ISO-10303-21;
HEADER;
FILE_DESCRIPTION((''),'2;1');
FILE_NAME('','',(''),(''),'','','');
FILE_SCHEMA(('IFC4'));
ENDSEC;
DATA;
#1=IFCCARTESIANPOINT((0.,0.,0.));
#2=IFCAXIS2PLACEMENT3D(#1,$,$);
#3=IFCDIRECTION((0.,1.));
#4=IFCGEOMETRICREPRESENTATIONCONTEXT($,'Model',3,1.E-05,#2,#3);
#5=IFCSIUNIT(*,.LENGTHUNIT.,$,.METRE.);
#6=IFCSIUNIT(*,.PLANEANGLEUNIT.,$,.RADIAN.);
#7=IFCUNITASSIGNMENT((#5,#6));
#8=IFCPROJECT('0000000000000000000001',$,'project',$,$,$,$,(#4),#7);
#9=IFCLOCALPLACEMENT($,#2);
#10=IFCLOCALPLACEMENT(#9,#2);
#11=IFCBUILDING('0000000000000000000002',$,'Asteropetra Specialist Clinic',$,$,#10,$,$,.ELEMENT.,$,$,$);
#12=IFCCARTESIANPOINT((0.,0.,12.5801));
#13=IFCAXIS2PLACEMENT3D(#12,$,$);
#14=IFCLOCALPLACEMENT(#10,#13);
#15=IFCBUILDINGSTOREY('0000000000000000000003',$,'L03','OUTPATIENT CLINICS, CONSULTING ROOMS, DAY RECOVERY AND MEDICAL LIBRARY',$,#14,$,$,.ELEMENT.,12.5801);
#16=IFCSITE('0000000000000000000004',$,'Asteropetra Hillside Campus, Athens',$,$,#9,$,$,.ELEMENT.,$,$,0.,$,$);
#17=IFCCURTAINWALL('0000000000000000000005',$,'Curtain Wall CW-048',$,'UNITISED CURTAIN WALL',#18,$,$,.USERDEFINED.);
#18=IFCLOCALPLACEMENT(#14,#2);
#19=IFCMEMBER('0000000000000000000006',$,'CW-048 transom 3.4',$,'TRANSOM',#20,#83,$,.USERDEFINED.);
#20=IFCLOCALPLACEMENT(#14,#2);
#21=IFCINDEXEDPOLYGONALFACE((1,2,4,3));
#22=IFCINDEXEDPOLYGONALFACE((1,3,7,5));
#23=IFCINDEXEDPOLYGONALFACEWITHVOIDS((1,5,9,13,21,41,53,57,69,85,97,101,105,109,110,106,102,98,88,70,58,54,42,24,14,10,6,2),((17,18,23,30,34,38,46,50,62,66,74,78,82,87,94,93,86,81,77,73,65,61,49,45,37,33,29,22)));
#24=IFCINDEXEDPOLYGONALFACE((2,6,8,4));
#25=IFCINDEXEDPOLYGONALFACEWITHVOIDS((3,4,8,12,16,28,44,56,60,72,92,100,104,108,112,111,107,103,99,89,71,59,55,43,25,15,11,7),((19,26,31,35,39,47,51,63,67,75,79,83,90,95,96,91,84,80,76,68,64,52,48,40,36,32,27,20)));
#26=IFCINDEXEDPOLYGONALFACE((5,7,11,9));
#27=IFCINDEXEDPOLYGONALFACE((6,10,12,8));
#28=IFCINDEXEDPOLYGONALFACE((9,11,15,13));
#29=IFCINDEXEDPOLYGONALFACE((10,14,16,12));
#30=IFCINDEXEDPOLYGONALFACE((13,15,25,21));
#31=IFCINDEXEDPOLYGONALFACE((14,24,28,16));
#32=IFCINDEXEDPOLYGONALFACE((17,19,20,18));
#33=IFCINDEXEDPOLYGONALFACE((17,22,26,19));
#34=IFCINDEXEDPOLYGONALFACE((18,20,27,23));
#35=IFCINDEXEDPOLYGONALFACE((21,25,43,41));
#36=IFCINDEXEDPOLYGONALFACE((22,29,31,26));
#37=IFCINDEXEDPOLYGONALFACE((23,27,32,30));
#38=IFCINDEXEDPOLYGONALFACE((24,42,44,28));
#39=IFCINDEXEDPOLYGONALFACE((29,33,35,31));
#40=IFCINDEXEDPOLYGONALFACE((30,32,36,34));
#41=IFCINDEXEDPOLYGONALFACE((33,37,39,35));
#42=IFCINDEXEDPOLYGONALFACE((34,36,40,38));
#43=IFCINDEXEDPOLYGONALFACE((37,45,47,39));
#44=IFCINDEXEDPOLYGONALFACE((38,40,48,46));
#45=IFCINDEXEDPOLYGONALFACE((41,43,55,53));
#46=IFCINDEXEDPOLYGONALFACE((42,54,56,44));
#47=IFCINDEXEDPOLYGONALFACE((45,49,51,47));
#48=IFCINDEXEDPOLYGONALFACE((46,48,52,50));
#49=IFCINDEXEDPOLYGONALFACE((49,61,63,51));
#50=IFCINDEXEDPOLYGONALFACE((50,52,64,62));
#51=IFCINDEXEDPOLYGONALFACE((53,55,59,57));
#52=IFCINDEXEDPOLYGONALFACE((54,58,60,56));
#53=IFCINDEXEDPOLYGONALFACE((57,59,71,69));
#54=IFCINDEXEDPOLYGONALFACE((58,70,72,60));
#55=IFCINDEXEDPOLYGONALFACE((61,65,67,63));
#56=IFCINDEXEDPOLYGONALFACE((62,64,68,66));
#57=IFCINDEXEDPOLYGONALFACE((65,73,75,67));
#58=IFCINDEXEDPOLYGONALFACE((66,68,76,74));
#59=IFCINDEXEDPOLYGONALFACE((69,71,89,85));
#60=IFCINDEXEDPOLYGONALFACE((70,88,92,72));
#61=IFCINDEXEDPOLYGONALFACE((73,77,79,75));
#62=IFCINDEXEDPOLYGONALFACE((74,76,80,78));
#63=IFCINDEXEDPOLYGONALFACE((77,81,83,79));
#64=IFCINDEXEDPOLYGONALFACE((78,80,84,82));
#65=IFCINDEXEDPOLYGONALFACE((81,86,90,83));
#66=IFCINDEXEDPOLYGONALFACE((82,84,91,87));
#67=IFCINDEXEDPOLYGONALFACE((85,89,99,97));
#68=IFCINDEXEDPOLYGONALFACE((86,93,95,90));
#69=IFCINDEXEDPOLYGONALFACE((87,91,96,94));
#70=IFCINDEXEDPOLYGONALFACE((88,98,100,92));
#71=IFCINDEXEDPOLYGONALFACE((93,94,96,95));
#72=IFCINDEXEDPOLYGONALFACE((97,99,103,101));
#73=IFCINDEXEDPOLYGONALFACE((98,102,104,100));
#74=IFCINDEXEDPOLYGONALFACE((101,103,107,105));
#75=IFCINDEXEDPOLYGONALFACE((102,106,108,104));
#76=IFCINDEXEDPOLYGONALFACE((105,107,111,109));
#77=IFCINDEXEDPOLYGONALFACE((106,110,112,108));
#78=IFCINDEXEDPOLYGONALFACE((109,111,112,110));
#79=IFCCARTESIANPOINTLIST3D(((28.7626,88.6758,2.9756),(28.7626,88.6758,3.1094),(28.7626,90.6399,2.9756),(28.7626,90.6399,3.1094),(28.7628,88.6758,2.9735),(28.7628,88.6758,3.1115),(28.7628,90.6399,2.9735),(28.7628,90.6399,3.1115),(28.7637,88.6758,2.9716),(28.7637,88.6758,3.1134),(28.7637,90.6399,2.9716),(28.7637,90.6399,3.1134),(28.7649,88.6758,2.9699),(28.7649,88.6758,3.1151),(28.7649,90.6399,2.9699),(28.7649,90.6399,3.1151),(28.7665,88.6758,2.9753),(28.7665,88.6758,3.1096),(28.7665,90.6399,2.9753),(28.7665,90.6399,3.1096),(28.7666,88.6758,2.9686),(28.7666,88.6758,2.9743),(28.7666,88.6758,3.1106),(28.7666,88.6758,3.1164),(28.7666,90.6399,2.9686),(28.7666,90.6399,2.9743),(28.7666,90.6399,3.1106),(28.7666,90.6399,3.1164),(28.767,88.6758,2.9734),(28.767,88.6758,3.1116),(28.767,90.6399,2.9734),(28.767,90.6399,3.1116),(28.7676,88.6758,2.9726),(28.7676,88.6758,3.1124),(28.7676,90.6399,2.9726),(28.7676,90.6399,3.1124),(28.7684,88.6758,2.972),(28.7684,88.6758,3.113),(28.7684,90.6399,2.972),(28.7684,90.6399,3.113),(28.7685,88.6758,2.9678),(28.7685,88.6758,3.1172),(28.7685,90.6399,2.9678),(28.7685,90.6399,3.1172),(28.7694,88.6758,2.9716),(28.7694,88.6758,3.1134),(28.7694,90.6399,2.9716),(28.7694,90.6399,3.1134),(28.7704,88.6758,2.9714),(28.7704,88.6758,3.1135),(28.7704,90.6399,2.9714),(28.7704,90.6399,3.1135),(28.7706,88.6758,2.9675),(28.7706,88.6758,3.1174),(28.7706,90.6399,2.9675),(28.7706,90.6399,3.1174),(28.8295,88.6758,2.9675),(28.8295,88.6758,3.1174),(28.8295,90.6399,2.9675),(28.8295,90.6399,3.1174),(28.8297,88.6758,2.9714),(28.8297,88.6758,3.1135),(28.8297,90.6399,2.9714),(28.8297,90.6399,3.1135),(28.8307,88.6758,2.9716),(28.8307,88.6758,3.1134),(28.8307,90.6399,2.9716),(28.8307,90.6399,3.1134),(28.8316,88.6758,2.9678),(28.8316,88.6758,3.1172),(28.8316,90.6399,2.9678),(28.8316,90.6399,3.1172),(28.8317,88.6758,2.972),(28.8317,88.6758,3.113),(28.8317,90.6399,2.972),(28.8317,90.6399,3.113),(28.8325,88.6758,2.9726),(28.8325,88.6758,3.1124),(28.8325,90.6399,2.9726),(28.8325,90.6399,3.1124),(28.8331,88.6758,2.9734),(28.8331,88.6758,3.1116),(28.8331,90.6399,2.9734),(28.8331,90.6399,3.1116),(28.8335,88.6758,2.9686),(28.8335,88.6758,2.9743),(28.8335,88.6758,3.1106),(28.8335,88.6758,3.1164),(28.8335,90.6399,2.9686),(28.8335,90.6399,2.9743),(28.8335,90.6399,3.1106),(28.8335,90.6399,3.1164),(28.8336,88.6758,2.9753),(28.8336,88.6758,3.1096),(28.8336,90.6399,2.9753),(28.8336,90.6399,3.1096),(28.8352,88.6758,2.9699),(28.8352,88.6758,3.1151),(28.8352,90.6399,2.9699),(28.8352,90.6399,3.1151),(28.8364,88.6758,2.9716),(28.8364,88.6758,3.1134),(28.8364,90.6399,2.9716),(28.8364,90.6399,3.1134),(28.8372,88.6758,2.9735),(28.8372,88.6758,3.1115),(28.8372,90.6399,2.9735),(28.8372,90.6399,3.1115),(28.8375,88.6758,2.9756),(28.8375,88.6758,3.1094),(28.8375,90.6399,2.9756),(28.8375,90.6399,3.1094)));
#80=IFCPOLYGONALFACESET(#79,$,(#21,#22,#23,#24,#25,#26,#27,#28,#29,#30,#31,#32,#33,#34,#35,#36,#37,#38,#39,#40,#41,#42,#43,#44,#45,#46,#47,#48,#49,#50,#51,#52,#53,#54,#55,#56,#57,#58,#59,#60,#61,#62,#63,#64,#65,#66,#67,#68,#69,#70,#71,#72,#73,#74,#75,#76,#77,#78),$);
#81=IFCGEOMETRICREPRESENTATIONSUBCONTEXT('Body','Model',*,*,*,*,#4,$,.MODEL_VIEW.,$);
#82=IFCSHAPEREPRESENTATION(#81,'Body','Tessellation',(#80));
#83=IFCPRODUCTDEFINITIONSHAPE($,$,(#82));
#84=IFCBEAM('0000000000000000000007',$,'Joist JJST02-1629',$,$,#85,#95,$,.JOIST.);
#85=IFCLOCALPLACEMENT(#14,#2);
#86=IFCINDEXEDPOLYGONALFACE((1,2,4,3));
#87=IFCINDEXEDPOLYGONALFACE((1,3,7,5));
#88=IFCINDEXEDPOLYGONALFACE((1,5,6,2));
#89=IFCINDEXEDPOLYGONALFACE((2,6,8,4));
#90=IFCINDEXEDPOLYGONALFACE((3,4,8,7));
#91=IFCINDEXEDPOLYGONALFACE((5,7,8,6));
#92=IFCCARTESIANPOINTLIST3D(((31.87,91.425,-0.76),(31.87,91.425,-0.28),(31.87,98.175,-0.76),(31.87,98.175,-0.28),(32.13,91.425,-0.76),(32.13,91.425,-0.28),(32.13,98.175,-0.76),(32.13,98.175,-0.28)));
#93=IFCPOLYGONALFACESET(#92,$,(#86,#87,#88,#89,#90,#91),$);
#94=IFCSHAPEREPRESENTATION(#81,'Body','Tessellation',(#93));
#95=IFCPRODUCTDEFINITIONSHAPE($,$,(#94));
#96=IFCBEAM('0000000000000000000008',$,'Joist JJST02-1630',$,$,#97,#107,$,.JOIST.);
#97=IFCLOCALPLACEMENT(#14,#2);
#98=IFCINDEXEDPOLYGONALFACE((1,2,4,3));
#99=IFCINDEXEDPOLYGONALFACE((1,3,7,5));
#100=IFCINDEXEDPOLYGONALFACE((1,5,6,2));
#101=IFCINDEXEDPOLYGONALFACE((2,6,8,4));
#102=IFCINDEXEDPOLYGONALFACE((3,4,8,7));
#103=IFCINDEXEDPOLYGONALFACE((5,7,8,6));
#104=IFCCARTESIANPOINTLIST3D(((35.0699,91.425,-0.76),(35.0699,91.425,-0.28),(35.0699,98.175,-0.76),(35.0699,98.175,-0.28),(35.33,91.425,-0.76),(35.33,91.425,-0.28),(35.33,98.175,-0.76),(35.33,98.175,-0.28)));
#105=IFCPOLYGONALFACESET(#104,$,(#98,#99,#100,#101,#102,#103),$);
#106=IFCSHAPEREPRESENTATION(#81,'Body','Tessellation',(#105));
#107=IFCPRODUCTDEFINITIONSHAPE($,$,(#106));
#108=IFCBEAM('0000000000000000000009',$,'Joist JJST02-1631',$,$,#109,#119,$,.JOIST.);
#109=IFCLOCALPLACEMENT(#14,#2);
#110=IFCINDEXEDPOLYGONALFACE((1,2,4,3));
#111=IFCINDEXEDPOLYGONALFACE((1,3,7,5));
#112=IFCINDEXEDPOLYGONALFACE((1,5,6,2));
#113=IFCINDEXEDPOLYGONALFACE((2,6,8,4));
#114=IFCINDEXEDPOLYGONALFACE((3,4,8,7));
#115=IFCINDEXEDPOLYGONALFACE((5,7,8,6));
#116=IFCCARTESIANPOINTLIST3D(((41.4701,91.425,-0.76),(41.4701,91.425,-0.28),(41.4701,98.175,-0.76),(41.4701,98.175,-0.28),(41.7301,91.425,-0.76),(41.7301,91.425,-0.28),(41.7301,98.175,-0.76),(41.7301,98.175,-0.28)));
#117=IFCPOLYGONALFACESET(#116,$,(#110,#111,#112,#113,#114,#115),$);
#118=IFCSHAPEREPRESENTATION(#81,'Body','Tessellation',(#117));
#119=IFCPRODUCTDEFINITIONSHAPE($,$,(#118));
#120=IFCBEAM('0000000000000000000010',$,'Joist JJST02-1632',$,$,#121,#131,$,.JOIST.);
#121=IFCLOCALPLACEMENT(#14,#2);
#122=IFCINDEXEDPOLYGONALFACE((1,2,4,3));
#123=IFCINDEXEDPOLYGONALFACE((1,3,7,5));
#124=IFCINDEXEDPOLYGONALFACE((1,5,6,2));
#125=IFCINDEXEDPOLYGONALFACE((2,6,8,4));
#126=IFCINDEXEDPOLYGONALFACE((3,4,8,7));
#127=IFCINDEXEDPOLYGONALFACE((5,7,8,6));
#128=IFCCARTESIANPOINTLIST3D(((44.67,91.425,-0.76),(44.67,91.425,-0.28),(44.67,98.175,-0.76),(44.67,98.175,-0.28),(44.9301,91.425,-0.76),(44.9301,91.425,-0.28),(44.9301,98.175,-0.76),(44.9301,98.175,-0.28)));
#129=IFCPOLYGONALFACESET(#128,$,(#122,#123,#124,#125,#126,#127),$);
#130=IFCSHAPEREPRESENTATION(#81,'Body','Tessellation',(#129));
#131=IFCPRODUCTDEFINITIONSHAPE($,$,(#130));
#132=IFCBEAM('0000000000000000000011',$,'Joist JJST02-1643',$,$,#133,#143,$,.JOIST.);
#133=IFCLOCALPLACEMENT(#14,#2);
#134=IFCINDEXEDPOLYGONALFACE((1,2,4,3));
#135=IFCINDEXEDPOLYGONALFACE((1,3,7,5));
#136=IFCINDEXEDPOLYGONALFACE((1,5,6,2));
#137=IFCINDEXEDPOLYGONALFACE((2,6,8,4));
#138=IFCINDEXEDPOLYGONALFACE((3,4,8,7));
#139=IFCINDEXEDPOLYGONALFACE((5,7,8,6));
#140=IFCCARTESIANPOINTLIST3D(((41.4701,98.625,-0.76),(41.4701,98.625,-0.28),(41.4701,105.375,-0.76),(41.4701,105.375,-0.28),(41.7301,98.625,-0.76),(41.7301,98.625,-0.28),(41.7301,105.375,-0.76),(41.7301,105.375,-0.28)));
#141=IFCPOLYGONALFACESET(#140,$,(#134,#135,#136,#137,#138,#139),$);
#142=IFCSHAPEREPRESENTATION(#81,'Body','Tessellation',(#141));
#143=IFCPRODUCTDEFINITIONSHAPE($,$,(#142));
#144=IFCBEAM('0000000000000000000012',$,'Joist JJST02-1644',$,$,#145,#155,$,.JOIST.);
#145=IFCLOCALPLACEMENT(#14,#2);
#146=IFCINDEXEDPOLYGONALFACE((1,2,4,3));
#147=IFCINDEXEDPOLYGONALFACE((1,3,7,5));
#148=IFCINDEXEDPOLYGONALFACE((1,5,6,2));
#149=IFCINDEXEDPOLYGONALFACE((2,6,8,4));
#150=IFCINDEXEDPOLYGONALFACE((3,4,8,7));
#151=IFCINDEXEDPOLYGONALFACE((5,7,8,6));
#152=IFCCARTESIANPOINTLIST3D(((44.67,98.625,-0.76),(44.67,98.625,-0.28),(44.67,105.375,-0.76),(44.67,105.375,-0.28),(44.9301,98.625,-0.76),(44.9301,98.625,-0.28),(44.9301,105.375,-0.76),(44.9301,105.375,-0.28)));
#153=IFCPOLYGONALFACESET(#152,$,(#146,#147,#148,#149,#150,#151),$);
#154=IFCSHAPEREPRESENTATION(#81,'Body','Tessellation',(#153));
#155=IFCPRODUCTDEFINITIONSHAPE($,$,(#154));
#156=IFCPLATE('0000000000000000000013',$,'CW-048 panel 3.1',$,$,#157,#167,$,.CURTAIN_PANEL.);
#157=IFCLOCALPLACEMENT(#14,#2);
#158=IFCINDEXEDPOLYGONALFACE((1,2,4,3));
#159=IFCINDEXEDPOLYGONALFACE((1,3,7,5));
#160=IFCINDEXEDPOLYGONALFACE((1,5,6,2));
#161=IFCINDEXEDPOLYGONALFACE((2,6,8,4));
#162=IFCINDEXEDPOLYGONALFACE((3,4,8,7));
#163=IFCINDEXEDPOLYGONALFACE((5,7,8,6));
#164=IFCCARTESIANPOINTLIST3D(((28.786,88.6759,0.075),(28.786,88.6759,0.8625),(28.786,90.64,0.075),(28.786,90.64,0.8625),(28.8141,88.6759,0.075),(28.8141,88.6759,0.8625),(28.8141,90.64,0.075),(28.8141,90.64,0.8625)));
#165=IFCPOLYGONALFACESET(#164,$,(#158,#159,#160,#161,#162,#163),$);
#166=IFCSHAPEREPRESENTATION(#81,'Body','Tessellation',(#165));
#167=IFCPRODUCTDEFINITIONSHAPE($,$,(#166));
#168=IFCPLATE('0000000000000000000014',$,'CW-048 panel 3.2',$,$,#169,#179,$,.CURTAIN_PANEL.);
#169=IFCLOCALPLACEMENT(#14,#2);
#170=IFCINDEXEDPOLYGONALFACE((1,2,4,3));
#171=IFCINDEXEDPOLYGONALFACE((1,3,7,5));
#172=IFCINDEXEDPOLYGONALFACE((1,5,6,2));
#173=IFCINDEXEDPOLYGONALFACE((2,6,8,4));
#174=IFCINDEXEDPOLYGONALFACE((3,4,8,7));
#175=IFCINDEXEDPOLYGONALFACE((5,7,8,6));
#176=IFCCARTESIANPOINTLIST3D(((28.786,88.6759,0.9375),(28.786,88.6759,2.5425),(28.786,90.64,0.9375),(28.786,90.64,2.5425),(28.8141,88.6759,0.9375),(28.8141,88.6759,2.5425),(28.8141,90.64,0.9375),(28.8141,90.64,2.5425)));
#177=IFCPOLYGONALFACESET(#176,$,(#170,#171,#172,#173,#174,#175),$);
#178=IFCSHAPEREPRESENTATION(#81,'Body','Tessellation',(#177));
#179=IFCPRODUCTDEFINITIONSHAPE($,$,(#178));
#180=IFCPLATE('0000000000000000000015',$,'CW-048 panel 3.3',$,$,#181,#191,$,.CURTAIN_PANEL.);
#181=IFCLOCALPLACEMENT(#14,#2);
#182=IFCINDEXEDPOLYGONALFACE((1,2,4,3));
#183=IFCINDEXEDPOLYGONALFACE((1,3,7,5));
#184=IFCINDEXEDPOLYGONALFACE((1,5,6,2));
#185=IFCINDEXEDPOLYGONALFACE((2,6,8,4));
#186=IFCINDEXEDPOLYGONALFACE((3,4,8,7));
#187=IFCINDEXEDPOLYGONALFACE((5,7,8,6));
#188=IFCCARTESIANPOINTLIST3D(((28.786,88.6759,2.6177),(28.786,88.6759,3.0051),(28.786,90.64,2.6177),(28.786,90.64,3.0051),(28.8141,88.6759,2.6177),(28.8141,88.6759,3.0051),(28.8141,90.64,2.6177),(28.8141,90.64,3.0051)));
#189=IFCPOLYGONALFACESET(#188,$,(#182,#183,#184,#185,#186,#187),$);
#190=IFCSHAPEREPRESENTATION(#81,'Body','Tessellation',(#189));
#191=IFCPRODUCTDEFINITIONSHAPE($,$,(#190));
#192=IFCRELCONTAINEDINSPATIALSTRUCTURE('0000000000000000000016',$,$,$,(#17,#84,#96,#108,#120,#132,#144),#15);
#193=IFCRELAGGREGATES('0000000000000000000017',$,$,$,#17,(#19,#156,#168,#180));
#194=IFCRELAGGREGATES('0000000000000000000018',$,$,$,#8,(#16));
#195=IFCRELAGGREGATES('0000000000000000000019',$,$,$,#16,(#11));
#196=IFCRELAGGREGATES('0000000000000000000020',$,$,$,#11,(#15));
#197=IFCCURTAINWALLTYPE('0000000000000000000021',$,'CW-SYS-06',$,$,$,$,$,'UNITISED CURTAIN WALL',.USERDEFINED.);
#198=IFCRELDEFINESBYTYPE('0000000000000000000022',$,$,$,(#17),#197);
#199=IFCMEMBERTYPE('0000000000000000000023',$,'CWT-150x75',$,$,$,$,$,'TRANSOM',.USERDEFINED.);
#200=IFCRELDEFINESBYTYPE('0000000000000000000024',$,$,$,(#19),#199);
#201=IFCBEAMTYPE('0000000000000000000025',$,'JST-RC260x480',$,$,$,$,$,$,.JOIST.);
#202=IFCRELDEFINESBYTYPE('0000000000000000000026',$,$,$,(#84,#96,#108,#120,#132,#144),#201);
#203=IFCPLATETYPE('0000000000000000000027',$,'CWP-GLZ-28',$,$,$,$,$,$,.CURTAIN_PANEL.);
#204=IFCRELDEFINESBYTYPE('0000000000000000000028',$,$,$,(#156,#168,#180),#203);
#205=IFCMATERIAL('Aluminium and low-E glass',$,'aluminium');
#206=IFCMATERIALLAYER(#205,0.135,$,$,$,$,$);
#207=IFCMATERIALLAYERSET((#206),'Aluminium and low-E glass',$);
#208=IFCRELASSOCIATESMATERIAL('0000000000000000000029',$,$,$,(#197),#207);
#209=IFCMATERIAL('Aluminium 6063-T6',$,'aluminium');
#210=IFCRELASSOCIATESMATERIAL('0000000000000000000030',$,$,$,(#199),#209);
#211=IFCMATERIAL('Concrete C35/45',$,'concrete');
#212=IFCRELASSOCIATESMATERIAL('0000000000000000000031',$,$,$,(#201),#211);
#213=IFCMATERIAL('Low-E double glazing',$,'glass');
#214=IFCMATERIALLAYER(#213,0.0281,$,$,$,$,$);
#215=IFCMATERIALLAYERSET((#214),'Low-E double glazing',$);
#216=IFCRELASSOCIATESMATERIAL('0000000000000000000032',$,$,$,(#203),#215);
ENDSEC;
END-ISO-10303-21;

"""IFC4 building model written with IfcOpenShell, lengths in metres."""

from ifc_helpers import new_model, si_unit, direction, frame, origin, origin_2d, place, context, subcontext, project, spatial, rectangle, hollow_rectangle, extrude, material, layer, layer_set, material_profile, profile_set, type_object, element, aggregate, save


model = new_model("IFC4")

# Units and contexts
model_context = context("Model", 3, precision=1e-05, world=origin(), true_north=direction((0.0, 1.0)))
body_context = subcontext(model_context, "Body", "Model", "MODEL_VIEW")
ifc_project = project(units=[si_unit("LENGTHUNIT", "METRE"), si_unit("PLANEANGLEUNIT", "RADIAN")], contexts=[model_context])

# Site, building, storey
site_placement = place(None, origin())
site = spatial("IfcSite", under=ifc_project, at=site_placement, Name="Asteropetra Hillside Campus, Athens", CompositionType="ELEMENT", RefElevation=0.0)
building_placement = place(site_placement, origin())
building = spatial("IfcBuilding", under=site, at=building_placement, Name="Asteropetra Specialist Clinic", CompositionType="ELEMENT")
storey_placement = place(building_placement, frame((0.0, 0.0, 12.5801)))
storey = spatial("IfcBuildingStorey", under=building, at=storey_placement, Name="L03", Description="OUTPATIENT CLINICS, CONSULTING ROOMS, DAY RECOVERY AND MEDICAL LIBRARY", CompositionType="ELEMENT", Elevation=12.5801)

# Curtain wall, member
ifc_material_1 = material(Name="Aluminium and low-E glass", Category="aluminium")
ifc_layer_1 = layer(ifc_material_1, 0.135)
ifc_layer_set_1 = layer_set([ifc_layer_1], Name="Aluminium and low-E glass")
curtain_wall_type = type_object("IfcCurtainWallType", Name="CW-SYS-06", ElementType="UNITISED CURTAIN WALL", PredefinedType="USERDEFINED", material=ifc_layer_set_1)
curtain_wall_placement = place(storey_placement, origin())
curtain_wall = element("IfcCurtainWall", 1, at=curtain_wall_placement, inside=storey, type_object=curtain_wall_type, Name="Curtain Wall CW-048", ObjectType="UNITISED CURTAIN WALL", PredefinedType="USERDEFINED")
ifc_material_2 = material(Name="Aluminium 6063-T6", Category="aluminium")
ifc_material_profile_1 = material_profile(ifc_material_2, hollow_rectangle(XDim=0.075, YDim=0.1499, WallThickness=0.0039, InnerFilletRadius=0.0039, OuterFilletRadius=0.0081, at=origin_2d()), Name="TRN 150x75x4.0")
ifc_profile_set_1 = profile_set([ifc_material_profile_1], Name="Aluminium 6063-T6")
member_type_1 = type_object("IfcMemberType", Name="CWT-150x75", ElementType="TRANSOM", PredefinedType="USERDEFINED", material=ifc_profile_set_1)
member_1_placement = place(storey_placement, frame((28.8, 88.6758, 3.0425), z_axis=(0.0, 1.0, 0.0), x_axis=(-1.0, 0.0, 0.0)))
member_1 = element("IfcMember", 2, at=member_1_placement, type_object=member_type_1, Name="CW-048 transom 3.4", ObjectType="TRANSOM", PredefinedType="USERDEFINED", context=body_context, shape_type="SweptSolid", body=[
    extrude(hollow_rectangle(XDim=0.075, YDim=0.1499, WallThickness=0.0039, InnerFilletRadius=0.0039, OuterFilletRadius=0.0081, at=origin_2d()), origin(), (0.0, 0.0, 1.0), 1.9641),
])

# Beams
ifc_material_3 = material(Name="Concrete C35/45", Category="concrete")
ifc_material_profile_2 = material_profile(ifc_material_3, rectangle(XDim=0.26, YDim=0.48, at=origin_2d()), Name="RCJ 260x480")
ifc_profile_set_2 = profile_set([ifc_material_profile_2], Name="Concrete C35/45")
beam_type_1 = type_object("IfcBeamType", Name="JST-RC260x480", PredefinedType="JOIST", material=ifc_profile_set_2)
for number, where, z_axis, x_axis, name in (
    (3, (32.0, 91.425, -0.52), (0.0, 1.0, 0.0), (-1.0, 0.0, 0.0), "Joist JJST02-1629"),
    (4, (35.2, 91.425, -0.52), (0.0, 1.0, 0.0), (-1.0, 0.0, 0.0), "Joist JJST02-1630"),
    (5, (41.6001, 91.425, -0.52), (0.0, 1.0, 0.0), (-1.0, 0.0, 0.0), "Joist JJST02-1631"),
    (6, (44.8, 91.425, -0.52), (0.0, 1.0, 0.0), (-1.0, 0.0, 0.0), "Joist JJST02-1632"),
    (7, (41.6001, 98.625, -0.52), (0.0, 1.0, 0.0), (-1.0, 0.0, 0.0), "Joist JJST02-1643"),
    (8, (44.8, 98.625, -0.52), (0.0, 1.0, 0.0), (-1.0, 0.0, 0.0), "Joist JJST02-1644"),
):
    element("IfcBeam", number, at=place(storey_placement, frame(where, z_axis=z_axis, x_axis=x_axis)), inside=storey, type_object=beam_type_1, Name=name, PredefinedType="JOIST", context=body_context, shape_type="SweptSolid", body=[
        extrude(rectangle(XDim=0.26, YDim=0.48, at=origin_2d()), origin(), (0.0, 0.0, 1.0), 6.75),
    ])

# Plates
ifc_material_4 = material(Name="Low-E double glazing", Category="glass")
ifc_layer_2 = layer(ifc_material_4, 0.0281)
ifc_layer_set_2 = layer_set([ifc_layer_2], Name="Low-E double glazing")
plate_type = type_object("IfcPlateType", Name="CWP-GLZ-28", PredefinedType="CURTAIN_PANEL", material=ifc_layer_set_2)
plate_1_placement = place(storey_placement, frame((28.8, 89.658, 0.075), z_axis=(0.0, 0.0, 1.0), x_axis=(0.0, 1.0, 0.0)))
plate_1 = element("IfcPlate", 9, at=plate_1_placement, type_object=plate_type, Name="CW-048 panel 3.1", PredefinedType="CURTAIN_PANEL", context=body_context, shape_type="SweptSolid", body=[
    extrude(rectangle(XDim=1.9641, YDim=0.0281, at=origin_2d()), origin(), (0.0, 0.0, 1.0), 0.7876),
])
plate_2_placement = place(storey_placement, frame((28.8, 89.658, 0.9375), z_axis=(0.0, 0.0, 1.0), x_axis=(0.0, 1.0, 0.0)))
plate_2 = element("IfcPlate", 10, at=plate_2_placement, type_object=plate_type, Name="CW-048 panel 3.2", PredefinedType="CURTAIN_PANEL", context=body_context, shape_type="SweptSolid", body=[
    extrude(rectangle(XDim=1.9641, YDim=0.0281, at=origin_2d()), origin(), (0.0, 0.0, 1.0), 1.605),
])
plate_3_placement = place(storey_placement, frame((28.8, 89.658, 2.6177), z_axis=(0.0, 0.0, 1.0), x_axis=(0.0, 1.0, 0.0)))
plate_3 = element("IfcPlate", 11, at=plate_3_placement, type_object=plate_type, Name="CW-048 panel 3.3", PredefinedType="CURTAIN_PANEL", context=body_context, shape_type="SweptSolid", body=[
    extrude(rectangle(XDim=1.9641, YDim=0.0281, at=origin_2d()), origin(), (0.0, 0.0, 1.0), 0.3875),
])
aggregate(curtain_wall, [member_1, plate_1, plate_2, plate_3])

save(model, "model.ifc")
